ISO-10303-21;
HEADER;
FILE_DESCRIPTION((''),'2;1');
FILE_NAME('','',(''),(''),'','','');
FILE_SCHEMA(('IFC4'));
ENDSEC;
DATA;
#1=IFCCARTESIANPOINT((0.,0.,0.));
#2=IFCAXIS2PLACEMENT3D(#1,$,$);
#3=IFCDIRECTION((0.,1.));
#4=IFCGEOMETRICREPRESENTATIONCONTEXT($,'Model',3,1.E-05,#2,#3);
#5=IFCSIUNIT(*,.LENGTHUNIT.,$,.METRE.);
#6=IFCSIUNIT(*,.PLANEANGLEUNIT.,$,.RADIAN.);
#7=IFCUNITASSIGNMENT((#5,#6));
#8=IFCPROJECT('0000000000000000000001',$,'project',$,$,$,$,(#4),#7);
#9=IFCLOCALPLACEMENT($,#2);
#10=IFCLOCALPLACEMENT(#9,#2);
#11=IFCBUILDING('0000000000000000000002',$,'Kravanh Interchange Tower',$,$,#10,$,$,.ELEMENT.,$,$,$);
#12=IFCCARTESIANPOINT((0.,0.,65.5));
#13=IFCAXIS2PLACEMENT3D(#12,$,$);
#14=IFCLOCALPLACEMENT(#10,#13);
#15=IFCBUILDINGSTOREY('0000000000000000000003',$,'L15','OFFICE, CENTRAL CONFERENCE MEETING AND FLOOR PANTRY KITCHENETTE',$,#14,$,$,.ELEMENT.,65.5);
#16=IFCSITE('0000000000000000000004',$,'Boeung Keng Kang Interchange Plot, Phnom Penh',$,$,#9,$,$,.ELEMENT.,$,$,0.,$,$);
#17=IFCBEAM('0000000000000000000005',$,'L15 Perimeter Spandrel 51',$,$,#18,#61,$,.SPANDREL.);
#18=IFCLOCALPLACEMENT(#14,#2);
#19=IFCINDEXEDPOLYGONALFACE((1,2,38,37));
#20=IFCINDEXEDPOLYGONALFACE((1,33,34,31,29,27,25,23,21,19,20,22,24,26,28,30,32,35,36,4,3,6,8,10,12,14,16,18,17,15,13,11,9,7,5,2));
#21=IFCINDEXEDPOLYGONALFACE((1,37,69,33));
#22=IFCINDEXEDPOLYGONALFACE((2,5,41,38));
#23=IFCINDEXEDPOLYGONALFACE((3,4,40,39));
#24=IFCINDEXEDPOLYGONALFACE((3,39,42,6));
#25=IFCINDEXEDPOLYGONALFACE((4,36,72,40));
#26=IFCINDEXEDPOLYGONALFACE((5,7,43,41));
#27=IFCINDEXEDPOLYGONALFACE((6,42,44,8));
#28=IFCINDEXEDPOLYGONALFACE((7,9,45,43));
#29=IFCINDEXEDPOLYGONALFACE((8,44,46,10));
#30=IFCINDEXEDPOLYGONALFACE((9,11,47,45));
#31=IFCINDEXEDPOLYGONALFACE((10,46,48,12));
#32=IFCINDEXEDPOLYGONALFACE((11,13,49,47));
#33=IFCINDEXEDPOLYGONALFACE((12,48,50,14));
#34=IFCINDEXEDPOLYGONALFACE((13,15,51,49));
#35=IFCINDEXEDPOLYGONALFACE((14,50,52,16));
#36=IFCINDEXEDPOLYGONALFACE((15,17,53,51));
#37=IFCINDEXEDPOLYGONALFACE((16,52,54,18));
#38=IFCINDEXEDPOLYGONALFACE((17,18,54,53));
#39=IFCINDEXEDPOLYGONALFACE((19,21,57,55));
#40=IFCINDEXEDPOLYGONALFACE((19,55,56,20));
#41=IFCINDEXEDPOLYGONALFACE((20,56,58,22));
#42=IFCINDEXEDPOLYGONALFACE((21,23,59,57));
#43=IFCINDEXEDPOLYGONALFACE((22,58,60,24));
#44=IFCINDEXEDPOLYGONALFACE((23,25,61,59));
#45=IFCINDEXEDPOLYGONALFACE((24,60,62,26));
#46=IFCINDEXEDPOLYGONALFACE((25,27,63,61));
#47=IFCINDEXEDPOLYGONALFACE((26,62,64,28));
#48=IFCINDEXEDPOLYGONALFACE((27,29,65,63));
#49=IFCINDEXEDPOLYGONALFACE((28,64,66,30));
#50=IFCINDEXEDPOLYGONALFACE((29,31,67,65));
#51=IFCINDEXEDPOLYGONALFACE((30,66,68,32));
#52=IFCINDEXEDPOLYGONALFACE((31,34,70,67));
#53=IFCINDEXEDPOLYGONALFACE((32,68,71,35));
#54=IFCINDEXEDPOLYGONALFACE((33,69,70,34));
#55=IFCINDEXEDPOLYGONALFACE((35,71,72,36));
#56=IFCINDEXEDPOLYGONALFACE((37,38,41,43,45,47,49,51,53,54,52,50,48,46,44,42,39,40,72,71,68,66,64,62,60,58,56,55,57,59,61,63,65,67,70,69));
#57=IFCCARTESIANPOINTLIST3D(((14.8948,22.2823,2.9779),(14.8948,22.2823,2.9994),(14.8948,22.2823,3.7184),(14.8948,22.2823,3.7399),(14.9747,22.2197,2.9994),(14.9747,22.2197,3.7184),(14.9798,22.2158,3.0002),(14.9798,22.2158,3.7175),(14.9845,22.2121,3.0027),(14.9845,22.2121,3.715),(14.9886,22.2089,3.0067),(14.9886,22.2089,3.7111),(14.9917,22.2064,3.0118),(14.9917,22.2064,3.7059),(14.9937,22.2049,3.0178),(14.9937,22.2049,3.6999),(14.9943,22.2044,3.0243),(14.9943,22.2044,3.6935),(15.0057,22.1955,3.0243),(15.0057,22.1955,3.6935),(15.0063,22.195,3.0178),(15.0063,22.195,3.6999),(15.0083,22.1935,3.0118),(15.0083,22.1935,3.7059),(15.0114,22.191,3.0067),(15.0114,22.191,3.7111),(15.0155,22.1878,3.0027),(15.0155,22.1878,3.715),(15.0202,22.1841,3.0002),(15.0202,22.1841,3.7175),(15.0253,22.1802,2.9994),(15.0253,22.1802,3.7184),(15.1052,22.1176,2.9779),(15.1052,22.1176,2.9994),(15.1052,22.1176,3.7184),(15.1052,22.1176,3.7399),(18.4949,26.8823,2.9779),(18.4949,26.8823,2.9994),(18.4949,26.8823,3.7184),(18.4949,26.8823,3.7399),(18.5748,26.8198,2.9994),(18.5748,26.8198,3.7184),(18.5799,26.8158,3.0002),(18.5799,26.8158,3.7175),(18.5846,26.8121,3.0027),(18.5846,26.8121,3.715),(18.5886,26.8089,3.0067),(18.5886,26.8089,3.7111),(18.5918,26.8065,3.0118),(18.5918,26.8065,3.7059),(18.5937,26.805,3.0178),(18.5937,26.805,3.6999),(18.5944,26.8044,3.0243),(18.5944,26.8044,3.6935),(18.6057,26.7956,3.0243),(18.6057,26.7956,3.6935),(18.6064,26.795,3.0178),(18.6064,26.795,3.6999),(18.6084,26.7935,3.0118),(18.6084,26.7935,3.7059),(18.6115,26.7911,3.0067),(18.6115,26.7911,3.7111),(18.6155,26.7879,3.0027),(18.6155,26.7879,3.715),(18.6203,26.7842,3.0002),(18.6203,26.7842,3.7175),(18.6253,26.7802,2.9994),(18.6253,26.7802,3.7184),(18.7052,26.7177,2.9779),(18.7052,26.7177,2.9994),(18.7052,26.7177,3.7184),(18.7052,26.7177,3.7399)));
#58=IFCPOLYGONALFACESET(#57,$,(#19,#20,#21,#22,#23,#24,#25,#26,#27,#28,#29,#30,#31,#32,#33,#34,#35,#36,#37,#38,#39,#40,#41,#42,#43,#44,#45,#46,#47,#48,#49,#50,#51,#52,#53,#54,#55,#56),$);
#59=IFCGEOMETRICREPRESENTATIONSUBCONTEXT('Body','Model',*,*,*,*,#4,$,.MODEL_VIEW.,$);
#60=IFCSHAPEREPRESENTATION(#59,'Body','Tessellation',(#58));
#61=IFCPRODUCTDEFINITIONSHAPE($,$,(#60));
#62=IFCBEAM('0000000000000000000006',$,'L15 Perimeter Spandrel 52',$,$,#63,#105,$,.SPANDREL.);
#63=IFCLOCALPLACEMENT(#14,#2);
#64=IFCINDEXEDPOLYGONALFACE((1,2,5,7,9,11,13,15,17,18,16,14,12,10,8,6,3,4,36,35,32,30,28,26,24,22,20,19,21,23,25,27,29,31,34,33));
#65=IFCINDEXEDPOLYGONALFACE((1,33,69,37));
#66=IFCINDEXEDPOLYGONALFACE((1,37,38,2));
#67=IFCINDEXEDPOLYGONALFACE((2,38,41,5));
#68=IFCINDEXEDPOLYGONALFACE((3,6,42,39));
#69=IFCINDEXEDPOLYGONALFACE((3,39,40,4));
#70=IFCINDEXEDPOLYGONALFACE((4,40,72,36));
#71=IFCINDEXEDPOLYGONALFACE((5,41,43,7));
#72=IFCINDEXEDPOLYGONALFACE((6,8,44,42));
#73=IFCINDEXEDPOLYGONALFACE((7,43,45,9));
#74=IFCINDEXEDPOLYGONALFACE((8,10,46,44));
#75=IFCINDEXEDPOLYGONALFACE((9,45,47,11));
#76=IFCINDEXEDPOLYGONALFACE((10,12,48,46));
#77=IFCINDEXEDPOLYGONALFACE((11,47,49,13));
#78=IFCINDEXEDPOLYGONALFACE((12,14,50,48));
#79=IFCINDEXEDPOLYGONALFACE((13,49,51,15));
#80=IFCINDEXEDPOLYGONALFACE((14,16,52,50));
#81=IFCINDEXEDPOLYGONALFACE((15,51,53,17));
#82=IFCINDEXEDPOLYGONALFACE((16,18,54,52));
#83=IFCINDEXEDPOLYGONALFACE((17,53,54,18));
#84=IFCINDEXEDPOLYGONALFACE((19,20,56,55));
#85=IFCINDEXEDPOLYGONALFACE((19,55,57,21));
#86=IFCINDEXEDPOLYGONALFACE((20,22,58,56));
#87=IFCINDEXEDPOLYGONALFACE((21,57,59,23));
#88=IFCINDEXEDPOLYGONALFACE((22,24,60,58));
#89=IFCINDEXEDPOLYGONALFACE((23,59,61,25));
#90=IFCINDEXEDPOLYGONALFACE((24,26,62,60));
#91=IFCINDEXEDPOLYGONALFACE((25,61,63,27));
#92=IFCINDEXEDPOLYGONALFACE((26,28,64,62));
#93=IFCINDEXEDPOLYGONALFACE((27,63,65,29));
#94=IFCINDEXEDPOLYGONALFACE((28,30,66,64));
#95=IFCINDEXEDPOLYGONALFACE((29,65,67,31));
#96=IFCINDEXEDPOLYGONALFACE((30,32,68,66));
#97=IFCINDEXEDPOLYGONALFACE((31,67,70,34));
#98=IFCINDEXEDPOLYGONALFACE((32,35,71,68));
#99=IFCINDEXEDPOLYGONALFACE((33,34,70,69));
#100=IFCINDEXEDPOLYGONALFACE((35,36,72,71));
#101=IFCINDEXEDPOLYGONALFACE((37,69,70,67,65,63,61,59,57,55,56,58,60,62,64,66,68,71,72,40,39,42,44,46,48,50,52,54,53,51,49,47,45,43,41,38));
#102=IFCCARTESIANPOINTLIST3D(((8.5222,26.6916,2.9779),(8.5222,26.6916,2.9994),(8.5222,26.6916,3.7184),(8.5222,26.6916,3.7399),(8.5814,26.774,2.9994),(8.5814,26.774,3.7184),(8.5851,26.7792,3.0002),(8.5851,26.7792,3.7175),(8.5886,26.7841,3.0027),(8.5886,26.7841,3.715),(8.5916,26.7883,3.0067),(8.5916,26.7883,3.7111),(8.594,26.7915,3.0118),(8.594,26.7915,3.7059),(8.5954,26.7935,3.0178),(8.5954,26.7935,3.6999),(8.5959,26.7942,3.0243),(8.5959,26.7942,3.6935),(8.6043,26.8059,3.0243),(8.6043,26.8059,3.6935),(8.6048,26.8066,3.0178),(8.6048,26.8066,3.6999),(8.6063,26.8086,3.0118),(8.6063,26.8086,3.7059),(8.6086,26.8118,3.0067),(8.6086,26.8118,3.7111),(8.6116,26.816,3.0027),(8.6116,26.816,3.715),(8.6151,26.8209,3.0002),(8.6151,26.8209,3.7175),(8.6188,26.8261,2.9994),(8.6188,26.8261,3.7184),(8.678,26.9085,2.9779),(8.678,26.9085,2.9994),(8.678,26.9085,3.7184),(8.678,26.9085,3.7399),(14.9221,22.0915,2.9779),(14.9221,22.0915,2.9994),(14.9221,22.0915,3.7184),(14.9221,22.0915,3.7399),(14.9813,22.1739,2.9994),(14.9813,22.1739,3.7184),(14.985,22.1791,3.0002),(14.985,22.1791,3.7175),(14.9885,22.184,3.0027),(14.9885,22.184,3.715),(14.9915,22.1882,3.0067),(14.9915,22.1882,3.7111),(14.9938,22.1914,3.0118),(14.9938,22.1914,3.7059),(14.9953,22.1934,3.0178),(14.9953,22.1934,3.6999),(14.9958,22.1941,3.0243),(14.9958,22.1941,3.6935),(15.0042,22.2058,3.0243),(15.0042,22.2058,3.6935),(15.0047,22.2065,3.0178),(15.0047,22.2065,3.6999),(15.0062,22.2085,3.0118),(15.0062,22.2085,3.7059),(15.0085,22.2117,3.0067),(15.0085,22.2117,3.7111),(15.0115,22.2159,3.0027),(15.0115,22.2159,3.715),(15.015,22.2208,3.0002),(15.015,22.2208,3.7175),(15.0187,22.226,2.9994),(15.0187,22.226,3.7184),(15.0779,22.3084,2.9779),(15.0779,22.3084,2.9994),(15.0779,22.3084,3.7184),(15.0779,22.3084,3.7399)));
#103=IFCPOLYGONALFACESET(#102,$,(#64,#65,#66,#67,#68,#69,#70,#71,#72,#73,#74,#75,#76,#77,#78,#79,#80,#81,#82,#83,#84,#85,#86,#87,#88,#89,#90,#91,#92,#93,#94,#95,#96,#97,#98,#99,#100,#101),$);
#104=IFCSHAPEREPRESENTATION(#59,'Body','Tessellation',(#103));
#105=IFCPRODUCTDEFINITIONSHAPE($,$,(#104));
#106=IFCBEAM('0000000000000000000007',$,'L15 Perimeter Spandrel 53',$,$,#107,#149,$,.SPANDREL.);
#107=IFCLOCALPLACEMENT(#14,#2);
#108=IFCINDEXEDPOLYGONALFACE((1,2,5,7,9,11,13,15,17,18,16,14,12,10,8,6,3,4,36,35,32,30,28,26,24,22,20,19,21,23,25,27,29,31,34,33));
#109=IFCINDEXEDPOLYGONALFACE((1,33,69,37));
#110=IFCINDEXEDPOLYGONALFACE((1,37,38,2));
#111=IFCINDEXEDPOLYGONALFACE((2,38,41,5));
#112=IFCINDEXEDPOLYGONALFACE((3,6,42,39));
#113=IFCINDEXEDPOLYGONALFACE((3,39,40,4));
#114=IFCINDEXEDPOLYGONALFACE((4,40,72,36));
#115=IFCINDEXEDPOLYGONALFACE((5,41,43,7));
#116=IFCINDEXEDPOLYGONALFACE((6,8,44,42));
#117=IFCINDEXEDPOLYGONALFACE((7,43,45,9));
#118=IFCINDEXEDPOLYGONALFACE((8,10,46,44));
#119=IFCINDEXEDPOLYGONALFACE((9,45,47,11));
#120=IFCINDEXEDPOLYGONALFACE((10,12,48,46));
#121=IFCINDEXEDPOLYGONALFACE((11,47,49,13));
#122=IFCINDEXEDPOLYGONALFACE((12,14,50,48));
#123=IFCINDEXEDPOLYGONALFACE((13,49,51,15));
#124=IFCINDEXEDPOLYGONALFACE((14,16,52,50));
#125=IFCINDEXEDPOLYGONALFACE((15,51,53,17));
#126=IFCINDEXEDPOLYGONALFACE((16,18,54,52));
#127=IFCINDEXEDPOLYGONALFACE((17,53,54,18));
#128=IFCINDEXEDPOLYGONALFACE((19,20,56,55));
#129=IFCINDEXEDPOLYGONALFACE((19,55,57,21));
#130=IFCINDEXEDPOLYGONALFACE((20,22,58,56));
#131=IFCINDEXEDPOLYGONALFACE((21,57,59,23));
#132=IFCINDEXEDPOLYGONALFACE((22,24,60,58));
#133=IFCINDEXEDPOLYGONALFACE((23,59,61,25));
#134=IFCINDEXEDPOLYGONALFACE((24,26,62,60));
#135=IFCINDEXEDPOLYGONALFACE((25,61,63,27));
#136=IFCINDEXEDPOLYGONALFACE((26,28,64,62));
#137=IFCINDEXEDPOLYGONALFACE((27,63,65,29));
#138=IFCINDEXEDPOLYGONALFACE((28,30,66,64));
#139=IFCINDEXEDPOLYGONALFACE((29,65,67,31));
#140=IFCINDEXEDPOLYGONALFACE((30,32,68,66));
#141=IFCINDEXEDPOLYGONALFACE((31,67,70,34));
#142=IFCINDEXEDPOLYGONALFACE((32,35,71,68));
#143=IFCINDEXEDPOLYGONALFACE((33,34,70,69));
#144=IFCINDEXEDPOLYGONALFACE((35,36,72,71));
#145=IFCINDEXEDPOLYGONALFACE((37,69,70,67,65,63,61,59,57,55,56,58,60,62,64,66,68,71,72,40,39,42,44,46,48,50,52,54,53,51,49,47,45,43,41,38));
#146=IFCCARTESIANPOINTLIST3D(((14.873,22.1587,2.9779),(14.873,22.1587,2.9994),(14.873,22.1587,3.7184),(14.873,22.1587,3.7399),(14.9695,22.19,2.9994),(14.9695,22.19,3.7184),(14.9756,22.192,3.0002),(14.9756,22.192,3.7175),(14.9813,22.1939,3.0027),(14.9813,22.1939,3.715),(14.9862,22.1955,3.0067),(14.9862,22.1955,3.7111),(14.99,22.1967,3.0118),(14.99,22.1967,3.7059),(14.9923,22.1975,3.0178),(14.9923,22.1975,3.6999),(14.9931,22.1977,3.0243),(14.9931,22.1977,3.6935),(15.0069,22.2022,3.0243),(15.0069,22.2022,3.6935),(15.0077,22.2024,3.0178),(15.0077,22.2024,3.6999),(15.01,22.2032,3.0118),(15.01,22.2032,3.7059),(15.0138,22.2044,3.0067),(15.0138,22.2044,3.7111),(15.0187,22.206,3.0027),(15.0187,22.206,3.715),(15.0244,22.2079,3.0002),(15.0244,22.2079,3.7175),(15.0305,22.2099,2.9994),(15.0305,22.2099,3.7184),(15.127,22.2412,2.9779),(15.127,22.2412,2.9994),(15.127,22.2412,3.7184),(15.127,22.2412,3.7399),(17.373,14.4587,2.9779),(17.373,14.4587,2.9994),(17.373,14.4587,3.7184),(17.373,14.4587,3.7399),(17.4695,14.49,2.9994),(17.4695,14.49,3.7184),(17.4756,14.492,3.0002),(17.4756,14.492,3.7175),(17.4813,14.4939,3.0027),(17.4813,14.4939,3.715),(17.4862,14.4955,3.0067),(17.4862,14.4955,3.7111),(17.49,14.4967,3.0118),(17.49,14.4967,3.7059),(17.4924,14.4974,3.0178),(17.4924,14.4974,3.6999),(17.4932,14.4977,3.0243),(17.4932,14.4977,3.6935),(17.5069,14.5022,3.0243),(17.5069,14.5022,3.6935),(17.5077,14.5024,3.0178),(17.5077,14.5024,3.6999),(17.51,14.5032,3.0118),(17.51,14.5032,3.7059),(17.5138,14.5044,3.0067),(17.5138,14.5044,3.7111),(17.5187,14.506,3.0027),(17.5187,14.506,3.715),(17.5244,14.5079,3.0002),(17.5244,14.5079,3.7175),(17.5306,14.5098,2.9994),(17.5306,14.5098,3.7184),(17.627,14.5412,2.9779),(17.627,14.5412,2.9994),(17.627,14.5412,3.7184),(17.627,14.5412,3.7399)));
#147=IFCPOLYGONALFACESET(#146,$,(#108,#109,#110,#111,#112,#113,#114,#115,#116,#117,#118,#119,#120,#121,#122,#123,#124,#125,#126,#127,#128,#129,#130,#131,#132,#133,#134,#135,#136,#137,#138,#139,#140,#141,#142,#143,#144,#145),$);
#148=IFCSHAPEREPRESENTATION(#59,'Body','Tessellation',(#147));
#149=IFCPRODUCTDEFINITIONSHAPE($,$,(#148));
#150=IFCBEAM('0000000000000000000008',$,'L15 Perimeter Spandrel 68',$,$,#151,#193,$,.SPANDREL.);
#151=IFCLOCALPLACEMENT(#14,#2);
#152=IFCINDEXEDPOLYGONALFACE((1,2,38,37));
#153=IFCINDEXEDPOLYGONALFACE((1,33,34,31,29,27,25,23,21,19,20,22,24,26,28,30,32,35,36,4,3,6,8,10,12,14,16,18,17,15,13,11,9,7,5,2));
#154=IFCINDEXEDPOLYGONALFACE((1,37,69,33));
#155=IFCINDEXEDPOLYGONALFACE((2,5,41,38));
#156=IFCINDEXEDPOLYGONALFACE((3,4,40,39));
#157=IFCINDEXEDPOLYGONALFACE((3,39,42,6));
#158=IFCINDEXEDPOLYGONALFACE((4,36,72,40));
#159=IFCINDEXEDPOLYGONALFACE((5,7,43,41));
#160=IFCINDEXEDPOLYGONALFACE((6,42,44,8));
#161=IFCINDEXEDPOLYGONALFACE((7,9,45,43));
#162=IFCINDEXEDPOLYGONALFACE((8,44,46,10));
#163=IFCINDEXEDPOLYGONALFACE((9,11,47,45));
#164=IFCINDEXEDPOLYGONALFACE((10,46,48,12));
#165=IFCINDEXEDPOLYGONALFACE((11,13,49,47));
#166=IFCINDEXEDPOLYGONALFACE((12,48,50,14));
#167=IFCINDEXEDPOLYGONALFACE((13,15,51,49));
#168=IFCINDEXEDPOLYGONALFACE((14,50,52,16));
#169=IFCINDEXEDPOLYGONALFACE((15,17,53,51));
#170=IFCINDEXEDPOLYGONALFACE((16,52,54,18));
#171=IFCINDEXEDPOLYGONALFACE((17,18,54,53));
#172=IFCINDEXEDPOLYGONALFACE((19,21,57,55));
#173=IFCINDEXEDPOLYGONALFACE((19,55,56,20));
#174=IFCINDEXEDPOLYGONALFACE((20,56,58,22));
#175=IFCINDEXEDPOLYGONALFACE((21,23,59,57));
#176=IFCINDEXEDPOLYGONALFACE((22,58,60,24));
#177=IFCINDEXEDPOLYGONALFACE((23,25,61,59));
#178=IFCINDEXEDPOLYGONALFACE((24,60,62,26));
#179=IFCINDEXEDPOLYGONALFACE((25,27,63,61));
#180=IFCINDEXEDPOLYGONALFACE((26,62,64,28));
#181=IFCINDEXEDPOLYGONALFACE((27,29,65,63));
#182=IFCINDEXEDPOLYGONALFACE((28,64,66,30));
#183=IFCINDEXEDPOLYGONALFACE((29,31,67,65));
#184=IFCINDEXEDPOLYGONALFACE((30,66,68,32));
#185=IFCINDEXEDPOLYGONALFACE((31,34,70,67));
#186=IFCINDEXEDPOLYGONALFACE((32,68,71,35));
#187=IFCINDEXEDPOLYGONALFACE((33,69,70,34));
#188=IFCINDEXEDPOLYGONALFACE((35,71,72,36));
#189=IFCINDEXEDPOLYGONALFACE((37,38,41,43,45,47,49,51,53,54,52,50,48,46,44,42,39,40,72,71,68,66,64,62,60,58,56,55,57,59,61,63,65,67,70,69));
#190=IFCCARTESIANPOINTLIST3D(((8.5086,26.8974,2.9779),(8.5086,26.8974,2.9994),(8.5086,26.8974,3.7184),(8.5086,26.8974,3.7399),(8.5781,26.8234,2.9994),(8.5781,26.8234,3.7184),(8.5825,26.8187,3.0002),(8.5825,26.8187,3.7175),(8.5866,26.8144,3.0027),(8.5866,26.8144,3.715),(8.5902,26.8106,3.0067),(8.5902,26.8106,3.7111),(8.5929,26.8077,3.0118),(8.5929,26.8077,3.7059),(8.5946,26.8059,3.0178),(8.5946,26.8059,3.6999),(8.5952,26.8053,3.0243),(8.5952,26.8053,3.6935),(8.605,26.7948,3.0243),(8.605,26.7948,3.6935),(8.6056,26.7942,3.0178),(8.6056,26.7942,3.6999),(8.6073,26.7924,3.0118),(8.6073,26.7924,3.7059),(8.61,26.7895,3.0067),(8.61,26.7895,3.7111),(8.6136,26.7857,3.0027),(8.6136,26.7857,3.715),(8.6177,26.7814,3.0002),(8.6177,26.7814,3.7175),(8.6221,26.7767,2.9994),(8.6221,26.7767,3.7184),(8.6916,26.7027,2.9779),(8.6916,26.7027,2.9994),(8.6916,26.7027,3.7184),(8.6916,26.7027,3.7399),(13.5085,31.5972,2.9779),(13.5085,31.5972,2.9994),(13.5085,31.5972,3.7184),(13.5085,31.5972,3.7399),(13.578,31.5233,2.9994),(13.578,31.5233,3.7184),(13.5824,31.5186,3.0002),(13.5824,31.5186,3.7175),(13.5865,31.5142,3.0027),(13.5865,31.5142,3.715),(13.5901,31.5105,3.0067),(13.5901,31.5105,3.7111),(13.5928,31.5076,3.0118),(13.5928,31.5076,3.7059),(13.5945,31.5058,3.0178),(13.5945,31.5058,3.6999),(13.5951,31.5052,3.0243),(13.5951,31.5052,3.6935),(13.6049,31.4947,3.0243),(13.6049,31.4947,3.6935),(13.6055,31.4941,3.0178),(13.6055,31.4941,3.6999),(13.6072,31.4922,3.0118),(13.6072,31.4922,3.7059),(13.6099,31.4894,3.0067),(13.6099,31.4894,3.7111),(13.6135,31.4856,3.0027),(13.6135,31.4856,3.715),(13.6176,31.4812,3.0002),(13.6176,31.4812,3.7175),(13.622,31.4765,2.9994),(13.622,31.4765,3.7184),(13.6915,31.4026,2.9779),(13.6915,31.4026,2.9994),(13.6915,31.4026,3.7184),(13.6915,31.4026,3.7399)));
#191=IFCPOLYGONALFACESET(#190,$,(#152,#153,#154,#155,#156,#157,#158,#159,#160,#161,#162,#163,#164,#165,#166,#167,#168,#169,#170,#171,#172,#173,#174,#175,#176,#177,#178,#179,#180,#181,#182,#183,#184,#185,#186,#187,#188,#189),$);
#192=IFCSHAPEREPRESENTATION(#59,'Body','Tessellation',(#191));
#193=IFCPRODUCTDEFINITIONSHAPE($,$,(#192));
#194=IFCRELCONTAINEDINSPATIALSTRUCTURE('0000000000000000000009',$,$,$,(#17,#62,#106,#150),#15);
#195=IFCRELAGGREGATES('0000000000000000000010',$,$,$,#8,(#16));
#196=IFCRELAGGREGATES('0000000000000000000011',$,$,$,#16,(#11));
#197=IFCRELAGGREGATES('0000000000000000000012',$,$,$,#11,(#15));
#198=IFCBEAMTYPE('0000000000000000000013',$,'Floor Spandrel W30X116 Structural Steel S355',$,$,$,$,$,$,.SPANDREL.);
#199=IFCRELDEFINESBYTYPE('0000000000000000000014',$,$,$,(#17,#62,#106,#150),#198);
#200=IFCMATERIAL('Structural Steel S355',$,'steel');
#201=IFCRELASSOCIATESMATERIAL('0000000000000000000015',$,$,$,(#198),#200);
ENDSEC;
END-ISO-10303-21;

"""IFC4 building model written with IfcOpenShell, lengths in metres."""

from ifc_helpers import new_model, si_unit, direction, frame, origin, origin_2d, place, context, subcontext, project, spatial, i_section, extrude, material, material_profile, profile_set, type_object, element, save


model = new_model("IFC4")

# Units and contexts
model_context = context("Model", 3, precision=1e-05, world=origin(), true_north=direction((0.0, 1.0)))
body_context = subcontext(model_context, "Body", "Model", "MODEL_VIEW")
ifc_project = project(units=[si_unit("LENGTHUNIT", "METRE"), si_unit("PLANEANGLEUNIT", "RADIAN")], contexts=[model_context])

# Site, building, storey
site_placement = place(None, origin())
site = spatial("IfcSite", under=ifc_project, at=site_placement, Name="Boeung Keng Kang Interchange Plot, Phnom Penh", CompositionType="ELEMENT", RefElevation=0.0)
building_placement = place(site_placement, origin())
building = spatial("IfcBuilding", under=site, at=building_placement, Name="Kravanh Interchange Tower", CompositionType="ELEMENT")
storey_placement = place(building_placement, frame((0.0, 0.0, 65.5)))
storey = spatial("IfcBuildingStorey", under=building, at=storey_placement, Name="L15", Description="OFFICE, CENTRAL CONFERENCE MEETING AND FLOOR PANTRY KITCHENETTE", CompositionType="ELEMENT", Elevation=65.5)

# Beams
ifc_material_1 = material(Name="Structural Steel S355", Category="steel")
ifc_material_profile_1 = material_profile(ifc_material_1, i_section(OverallWidth=0.2671, OverallDepth=0.762, WebThickness=0.0144, FlangeThickness=0.0215, FilletRadius=0.0249, at=origin_2d()), Name="W30X116")
ifc_profile_set_1 = profile_set([ifc_material_profile_1], Name="Structural Steel S355")
beam_type_1 = type_object("IfcBeamType", Name="Floor Spandrel W30X116 Structural Steel S355", PredefinedType="SPANDREL", material=ifc_profile_set_1)
beam_1_placement = place(storey_placement, frame((15.0, 22.2, 3.3589), z_axis=(0.616311, 0.787503, 0.0), x_axis=(-0.787503, 0.616311, 0.0)))
element("IfcBeam", 1, at=beam_1_placement, inside=storey, type_object=beam_type_1, Name="L15 Perimeter Spandrel 51", PredefinedType="SPANDREL", context=body_context, shape_type="SweptSolid", body=[
    extrude(i_section(OverallWidth=0.2671, OverallDepth=0.762, WebThickness=0.0144, FlangeThickness=0.0215, FilletRadius=0.0249, at=origin_2d()), origin(), (0.0, 0.0, 1.0), 5.8413),
])
beam_2_placement = place(storey_placement, frame((15.0, 22.2, 3.3589), z_axis=(-0.812005, 0.58365, 0.0), x_axis=(-0.58365, -0.812005, 0.0)))
element("IfcBeam", 2, at=beam_2_placement, inside=storey, type_object=beam_type_1, Name="L15 Perimeter Spandrel 52", PredefinedType="SPANDREL", context=body_context, shape_type="SweptSolid", body=[
    extrude(i_section(OverallWidth=0.2671, OverallDepth=0.762, WebThickness=0.0144, FlangeThickness=0.0215, FilletRadius=0.0249, at=origin_2d()), origin(), (0.0, 0.0, 1.0), 7.8816),
])
beam_3_placement = place(storey_placement, frame((15.0, 22.2, 3.3589), z_axis=(0.308809, -0.951124, 0.0), x_axis=(0.951124, 0.308809, 0.0)))
element("IfcBeam", 3, at=beam_3_placement, inside=storey, type_object=beam_type_1, Name="L15 Perimeter Spandrel 53", PredefinedType="SPANDREL", context=body_context, shape_type="SweptSolid", body=[
    extrude(i_section(OverallWidth=0.2671, OverallDepth=0.762, WebThickness=0.0144, FlangeThickness=0.0215, FilletRadius=0.0249, at=origin_2d()), origin(), (0.0, 0.0, 1.0), 8.0957),
])
beam_4_placement = place(storey_placement, frame((8.6001, 26.8, 3.3589), z_axis=(0.728631, 0.684906, 0.0), x_axis=(-0.684906, 0.728631, 0.0)))
element("IfcBeam", 4, at=beam_4_placement, inside=storey, type_object=beam_type_1, Name="L15 Perimeter Spandrel 68", PredefinedType="SPANDREL", context=body_context, shape_type="SweptSolid", body=[
    extrude(i_section(OverallWidth=0.2671, OverallDepth=0.762, WebThickness=0.0144, FlangeThickness=0.0215, FilletRadius=0.0249, at=origin_2d()), origin(), (0.0, 0.0, 1.0), 6.8621),
])

save(model, "model.ifc")
